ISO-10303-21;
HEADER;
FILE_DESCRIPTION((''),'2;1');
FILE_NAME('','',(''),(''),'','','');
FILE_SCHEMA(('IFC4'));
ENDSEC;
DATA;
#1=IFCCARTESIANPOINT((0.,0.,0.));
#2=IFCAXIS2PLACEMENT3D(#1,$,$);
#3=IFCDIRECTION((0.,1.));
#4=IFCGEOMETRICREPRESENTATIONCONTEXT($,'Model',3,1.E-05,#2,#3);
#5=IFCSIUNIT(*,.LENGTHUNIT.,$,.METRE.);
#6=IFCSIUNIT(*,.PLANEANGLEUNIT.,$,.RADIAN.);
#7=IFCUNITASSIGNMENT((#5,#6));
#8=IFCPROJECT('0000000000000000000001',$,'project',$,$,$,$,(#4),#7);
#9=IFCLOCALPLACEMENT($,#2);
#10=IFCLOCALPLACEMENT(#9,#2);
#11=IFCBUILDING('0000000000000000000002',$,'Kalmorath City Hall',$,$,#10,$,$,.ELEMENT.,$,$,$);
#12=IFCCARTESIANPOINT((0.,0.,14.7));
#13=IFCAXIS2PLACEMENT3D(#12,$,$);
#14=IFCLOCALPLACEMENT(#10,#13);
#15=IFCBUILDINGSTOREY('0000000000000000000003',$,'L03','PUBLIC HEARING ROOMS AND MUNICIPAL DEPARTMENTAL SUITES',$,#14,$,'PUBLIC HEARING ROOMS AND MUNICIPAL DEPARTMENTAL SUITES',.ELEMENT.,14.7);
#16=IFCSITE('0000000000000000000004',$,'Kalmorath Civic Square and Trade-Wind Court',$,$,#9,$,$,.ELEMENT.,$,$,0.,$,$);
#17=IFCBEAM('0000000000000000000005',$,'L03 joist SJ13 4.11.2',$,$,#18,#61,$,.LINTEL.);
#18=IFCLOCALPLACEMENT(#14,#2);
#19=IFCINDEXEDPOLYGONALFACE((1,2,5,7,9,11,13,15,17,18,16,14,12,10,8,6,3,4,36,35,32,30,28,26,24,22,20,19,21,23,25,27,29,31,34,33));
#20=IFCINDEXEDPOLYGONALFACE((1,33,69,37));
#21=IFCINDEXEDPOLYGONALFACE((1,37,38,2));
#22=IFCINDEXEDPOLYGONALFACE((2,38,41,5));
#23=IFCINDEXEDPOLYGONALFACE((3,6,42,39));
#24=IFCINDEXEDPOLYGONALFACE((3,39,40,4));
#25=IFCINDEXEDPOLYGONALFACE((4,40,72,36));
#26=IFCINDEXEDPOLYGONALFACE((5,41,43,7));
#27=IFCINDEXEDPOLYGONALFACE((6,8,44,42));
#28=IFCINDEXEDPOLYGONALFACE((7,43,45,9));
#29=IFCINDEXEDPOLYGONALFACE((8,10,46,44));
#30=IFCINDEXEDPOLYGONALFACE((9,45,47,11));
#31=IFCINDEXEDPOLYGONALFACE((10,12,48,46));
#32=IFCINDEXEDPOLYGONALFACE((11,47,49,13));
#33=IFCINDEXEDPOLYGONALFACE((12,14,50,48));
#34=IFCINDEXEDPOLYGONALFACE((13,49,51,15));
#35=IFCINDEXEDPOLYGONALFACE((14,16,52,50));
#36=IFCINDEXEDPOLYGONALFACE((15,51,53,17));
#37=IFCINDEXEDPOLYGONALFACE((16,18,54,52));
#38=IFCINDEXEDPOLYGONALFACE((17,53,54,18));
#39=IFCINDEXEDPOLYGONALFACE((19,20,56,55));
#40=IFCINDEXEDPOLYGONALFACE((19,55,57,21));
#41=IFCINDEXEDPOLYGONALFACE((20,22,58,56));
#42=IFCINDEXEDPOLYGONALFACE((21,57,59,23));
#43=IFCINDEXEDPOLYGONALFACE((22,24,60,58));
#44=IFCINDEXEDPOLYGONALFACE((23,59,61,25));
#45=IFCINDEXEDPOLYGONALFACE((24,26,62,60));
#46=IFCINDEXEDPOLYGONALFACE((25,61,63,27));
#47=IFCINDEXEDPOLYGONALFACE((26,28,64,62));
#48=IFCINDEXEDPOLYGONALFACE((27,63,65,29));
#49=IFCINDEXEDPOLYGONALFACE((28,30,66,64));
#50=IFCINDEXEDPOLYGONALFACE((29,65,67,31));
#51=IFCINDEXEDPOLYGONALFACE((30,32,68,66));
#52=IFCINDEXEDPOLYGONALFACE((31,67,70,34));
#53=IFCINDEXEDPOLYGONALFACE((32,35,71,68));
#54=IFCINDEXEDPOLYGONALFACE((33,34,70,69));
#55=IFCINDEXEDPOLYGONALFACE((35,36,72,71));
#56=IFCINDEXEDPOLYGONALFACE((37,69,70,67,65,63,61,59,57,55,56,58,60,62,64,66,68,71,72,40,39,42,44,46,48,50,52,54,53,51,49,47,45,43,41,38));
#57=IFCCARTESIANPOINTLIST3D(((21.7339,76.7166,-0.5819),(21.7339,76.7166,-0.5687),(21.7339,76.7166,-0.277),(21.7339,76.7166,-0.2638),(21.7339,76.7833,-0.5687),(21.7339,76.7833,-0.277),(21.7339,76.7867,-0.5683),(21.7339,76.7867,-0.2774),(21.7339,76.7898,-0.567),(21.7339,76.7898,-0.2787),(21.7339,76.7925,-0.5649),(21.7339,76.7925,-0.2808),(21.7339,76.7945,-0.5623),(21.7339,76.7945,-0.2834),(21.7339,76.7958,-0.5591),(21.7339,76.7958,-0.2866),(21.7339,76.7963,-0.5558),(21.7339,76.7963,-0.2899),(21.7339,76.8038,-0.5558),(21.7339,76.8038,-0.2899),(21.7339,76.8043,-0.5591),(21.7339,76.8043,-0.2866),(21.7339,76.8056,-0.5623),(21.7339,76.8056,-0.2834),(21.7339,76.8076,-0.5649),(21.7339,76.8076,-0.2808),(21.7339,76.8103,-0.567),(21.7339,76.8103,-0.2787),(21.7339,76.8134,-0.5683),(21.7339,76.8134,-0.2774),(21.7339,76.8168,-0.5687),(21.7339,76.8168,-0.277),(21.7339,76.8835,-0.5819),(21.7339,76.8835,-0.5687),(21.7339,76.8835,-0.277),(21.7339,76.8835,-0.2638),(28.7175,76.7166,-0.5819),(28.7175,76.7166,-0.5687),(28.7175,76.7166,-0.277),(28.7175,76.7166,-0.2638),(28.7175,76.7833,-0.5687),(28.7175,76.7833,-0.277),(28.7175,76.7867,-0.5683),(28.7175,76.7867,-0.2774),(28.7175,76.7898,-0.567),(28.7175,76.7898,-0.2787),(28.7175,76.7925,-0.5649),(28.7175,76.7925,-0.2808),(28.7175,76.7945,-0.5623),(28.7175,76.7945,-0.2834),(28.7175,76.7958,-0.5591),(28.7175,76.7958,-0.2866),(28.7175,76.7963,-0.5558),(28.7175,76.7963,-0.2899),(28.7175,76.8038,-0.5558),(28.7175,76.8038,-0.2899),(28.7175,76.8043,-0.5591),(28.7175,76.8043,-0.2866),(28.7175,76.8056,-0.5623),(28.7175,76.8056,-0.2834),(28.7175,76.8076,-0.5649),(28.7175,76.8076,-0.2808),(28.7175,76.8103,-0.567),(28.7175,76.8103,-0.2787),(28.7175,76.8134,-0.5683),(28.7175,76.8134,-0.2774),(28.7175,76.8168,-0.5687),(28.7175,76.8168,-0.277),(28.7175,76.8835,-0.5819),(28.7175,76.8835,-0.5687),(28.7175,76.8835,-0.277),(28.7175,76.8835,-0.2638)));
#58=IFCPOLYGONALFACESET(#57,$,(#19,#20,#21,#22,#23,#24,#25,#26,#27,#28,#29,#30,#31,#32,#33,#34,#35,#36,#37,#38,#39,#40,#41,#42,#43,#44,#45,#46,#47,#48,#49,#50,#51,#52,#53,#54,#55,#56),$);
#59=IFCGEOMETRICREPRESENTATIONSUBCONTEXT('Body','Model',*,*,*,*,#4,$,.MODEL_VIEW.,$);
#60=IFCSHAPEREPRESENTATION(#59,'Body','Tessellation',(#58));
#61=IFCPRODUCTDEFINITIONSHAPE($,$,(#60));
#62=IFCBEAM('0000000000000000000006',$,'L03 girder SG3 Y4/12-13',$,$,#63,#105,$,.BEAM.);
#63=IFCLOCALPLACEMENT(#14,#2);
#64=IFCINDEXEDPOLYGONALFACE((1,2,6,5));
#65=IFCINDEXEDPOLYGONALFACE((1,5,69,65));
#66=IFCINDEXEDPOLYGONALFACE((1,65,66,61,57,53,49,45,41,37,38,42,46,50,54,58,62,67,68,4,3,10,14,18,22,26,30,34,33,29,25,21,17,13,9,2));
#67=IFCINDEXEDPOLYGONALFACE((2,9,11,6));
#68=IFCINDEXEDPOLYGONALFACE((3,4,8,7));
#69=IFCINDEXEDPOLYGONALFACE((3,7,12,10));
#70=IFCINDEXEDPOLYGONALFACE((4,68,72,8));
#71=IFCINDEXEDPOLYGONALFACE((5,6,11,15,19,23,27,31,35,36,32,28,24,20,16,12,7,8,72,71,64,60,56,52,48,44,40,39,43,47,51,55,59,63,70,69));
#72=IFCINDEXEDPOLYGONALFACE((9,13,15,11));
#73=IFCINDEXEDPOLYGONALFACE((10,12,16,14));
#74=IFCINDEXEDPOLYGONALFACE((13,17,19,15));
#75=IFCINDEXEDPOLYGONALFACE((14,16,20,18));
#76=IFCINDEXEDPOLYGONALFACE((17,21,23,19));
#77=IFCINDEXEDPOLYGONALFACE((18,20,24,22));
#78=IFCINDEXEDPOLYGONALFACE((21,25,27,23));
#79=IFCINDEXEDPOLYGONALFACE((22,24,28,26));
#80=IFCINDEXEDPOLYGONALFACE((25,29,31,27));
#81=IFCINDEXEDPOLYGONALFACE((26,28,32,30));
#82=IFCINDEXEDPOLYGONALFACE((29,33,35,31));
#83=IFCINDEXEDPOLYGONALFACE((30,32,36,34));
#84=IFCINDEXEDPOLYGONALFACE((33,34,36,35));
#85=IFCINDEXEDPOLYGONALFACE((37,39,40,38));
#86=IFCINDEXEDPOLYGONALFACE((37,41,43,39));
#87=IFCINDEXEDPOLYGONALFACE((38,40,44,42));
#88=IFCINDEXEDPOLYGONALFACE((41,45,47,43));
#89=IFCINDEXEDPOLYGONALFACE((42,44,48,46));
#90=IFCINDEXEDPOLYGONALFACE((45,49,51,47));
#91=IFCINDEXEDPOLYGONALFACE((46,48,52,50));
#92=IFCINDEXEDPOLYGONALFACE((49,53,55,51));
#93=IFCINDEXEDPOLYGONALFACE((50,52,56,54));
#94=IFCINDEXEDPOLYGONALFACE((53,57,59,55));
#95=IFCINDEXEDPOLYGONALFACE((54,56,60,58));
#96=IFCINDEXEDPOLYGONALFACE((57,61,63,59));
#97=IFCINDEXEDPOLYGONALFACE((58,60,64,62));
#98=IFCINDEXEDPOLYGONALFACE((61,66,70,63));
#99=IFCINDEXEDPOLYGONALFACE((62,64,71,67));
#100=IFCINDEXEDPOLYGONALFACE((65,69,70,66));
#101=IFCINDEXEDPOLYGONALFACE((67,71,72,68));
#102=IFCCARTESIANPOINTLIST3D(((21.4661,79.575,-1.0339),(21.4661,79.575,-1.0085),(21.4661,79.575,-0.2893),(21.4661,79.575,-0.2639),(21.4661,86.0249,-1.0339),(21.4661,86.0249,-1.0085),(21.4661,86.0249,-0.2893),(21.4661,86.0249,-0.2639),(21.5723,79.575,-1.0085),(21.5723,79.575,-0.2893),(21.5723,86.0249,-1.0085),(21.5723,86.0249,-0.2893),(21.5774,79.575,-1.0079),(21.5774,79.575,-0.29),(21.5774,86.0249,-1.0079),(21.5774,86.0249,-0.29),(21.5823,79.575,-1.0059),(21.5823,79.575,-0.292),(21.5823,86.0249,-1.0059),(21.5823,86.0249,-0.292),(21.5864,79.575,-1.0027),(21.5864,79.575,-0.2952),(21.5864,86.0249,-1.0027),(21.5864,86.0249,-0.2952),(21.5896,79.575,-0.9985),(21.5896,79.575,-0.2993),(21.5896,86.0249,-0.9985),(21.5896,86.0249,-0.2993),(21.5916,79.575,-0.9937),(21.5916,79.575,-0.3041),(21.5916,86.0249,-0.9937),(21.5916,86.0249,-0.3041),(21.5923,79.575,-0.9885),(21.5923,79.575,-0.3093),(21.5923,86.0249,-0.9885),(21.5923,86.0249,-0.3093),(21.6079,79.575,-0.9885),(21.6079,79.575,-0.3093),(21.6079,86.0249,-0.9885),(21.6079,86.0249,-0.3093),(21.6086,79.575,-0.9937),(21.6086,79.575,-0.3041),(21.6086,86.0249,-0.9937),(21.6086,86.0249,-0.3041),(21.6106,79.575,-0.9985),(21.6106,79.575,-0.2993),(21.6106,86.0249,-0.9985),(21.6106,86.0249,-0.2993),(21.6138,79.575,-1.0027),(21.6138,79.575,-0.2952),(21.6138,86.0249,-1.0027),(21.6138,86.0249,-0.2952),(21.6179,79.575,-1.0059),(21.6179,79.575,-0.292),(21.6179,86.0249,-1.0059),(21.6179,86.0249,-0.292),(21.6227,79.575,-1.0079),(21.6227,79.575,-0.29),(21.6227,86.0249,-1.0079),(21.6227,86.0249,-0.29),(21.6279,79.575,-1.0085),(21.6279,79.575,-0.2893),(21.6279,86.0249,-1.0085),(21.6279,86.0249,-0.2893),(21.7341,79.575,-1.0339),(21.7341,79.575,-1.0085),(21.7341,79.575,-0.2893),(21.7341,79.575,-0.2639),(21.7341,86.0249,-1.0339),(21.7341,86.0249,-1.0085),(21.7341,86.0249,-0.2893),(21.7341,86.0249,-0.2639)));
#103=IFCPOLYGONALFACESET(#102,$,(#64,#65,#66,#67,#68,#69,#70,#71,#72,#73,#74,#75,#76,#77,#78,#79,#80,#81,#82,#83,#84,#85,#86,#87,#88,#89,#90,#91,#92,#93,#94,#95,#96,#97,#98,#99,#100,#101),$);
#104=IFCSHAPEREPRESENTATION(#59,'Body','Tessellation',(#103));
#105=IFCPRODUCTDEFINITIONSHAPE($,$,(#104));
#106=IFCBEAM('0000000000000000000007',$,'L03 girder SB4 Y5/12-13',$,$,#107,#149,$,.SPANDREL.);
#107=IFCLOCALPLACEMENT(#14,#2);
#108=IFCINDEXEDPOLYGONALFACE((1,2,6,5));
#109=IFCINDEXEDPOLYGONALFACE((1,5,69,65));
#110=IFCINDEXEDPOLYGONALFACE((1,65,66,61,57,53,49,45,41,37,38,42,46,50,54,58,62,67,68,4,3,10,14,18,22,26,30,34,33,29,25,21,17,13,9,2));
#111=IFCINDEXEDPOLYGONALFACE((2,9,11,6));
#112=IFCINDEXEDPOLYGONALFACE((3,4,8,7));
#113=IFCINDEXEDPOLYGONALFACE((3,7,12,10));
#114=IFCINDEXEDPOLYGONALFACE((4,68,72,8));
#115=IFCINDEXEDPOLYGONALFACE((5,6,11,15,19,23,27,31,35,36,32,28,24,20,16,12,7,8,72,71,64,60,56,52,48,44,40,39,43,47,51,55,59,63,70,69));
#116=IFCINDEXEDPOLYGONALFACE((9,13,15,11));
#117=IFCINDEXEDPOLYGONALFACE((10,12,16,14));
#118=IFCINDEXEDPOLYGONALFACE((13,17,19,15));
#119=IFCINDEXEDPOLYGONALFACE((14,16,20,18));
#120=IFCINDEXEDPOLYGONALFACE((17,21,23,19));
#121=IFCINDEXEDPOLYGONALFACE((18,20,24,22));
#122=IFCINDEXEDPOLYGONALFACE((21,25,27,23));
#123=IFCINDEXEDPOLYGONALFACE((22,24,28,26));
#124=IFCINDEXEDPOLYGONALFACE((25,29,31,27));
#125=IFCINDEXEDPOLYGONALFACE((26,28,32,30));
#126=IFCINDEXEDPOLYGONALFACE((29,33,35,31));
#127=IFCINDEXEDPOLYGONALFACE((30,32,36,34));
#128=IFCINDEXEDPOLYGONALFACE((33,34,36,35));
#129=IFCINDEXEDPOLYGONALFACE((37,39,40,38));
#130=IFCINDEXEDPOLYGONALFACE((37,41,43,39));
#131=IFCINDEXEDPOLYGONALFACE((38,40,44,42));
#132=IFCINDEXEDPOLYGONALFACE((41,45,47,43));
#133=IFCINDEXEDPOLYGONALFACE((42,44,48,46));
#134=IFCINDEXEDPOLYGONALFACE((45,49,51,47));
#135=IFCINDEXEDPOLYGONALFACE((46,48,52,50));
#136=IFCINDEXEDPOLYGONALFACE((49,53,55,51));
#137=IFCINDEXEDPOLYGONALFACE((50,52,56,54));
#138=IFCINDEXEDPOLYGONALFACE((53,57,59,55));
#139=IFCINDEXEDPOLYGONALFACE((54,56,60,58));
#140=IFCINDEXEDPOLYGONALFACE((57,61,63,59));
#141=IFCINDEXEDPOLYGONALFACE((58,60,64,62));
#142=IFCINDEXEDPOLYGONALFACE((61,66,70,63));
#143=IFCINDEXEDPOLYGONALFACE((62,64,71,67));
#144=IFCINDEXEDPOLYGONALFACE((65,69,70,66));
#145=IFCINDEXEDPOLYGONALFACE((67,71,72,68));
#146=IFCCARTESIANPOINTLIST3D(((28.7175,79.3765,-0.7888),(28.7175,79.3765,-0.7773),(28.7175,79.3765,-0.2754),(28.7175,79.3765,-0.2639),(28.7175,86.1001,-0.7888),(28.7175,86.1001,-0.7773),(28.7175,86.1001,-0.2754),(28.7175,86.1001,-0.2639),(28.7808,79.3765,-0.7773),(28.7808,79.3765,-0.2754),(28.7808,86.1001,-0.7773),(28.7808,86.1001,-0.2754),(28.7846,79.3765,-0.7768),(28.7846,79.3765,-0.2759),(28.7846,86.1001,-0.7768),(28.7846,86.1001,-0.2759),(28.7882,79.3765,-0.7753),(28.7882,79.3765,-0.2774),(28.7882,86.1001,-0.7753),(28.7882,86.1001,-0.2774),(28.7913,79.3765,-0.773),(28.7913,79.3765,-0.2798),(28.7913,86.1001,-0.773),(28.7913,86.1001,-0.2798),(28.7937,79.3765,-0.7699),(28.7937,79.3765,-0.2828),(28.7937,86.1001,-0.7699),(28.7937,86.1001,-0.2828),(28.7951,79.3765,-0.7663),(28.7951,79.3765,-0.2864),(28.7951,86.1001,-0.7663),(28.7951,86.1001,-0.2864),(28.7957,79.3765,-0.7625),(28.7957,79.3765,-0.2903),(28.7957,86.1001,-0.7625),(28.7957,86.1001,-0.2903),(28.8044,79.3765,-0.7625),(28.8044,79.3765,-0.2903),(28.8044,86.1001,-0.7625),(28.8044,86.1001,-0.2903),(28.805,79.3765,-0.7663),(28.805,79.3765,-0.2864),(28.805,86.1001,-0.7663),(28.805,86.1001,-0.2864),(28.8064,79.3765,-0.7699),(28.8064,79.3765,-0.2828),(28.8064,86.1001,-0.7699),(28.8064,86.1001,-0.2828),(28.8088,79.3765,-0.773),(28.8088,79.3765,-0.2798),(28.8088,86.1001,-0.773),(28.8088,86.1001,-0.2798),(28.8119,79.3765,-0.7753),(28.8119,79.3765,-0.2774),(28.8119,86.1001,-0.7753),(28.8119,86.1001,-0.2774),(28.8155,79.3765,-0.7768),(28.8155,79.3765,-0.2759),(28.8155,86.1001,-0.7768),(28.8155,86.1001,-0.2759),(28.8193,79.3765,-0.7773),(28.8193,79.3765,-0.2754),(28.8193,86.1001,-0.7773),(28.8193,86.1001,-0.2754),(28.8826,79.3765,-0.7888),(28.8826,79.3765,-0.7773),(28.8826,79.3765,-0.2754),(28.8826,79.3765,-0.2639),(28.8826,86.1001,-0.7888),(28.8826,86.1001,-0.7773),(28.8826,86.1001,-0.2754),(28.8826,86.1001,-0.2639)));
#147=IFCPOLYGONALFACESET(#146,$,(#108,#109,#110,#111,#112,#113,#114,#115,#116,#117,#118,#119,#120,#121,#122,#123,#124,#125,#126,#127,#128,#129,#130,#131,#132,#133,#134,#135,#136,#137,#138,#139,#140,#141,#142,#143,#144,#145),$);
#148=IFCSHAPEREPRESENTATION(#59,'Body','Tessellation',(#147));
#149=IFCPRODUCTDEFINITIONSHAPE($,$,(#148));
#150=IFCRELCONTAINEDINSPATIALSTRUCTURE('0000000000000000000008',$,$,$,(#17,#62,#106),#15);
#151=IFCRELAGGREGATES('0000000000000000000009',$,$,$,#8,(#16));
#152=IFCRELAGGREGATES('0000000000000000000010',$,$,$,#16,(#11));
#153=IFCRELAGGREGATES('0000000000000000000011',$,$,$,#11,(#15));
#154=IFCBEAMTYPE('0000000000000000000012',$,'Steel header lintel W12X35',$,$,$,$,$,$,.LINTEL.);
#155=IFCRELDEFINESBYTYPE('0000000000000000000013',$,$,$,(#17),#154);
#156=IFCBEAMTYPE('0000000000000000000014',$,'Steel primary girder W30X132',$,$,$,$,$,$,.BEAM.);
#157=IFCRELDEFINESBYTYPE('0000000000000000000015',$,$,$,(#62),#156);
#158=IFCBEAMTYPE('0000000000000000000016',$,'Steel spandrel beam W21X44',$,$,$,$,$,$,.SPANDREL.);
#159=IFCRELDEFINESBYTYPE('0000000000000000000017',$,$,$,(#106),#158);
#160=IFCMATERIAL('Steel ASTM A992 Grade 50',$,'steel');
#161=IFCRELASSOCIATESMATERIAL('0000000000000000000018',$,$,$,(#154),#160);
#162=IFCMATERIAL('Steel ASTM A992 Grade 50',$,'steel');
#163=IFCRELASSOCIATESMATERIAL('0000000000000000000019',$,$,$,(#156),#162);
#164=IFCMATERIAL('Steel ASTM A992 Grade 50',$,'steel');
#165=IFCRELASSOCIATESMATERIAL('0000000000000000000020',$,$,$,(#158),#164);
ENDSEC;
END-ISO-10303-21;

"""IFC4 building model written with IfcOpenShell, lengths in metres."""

from ifc_helpers import new_model, si_unit, direction, frame, origin, origin_2d, place, context, subcontext, project, spatial, i_section, extrude, material, material_profile, profile_set, type_object, element, save


model = new_model("IFC4")

# Units and contexts
model_context = context("Model", 3, precision=1e-05, world=origin(), true_north=direction((0.0, 1.0)))
body_context = subcontext(model_context, "Body", "Model", "MODEL_VIEW")
ifc_project = project(units=[si_unit("LENGTHUNIT", "METRE"), si_unit("PLANEANGLEUNIT", "RADIAN")], contexts=[model_context])

# Site, building, storey
site_placement = place(None, origin())
site = spatial("IfcSite", under=ifc_project, at=site_placement, Name="Kalmorath Civic Square and Trade-Wind Court", CompositionType="ELEMENT", RefElevation=0.0)
building_placement = place(site_placement, origin())
building = spatial("IfcBuilding", under=site, at=building_placement, Name="Kalmorath City Hall", CompositionType="ELEMENT")
storey_placement = place(building_placement, frame((0.0, 0.0, 14.7)))
storey = spatial("IfcBuildingStorey", under=building, at=storey_placement, Name="L03", Description="PUBLIC HEARING ROOMS AND MUNICIPAL DEPARTMENTAL SUITES", LongName="PUBLIC HEARING ROOMS AND MUNICIPAL DEPARTMENTAL SUITES", CompositionType="ELEMENT", Elevation=14.7)

# Beams
ifc_material_1 = material(Name="Steel ASTM A992 Grade 50", Category="steel")
ifc_material_profile_1 = material_profile(ifc_material_1, i_section(OverallWidth=0.167, OverallDepth=0.3181, WebThickness=0.0076, FlangeThickness=0.0132, FilletRadius=0.0129, at=origin_2d()), Name="W12X35")
ifc_profile_set_1 = profile_set([ifc_material_profile_1], Name="Steel ASTM A992 Grade 50")
beam_type_1 = type_object("IfcBeamType", Name="Steel header lintel W12X35", PredefinedType="LINTEL", material=ifc_profile_set_1)
beam_1_placement = place(storey_placement, frame((21.7339, 76.8, -0.4229), z_axis=(1.0, 0.0, 0.0), x_axis=(0.0, 1.0, 0.0)))
element("IfcBeam", 1, at=beam_1_placement, inside=storey, type_object=beam_type_1, Name="L03 joist SJ13 4.11.2", PredefinedType="LINTEL", context=body_context, shape_type="SweptSolid", body=[
    extrude(i_section(OverallWidth=0.167, OverallDepth=0.3181, WebThickness=0.0076, FlangeThickness=0.0132, FilletRadius=0.0129, at=origin_2d()), origin(), (0.0, 0.0, 1.0), 6.9836),
])
ifc_material_2 = material(Name="Steel ASTM A992 Grade 50", Category="steel")
ifc_material_profile_2 = material_profile(ifc_material_2, i_section(OverallWidth=0.2681, OverallDepth=0.77, WebThickness=0.0156, FlangeThickness=0.0254, FilletRadius=0.02, at=origin_2d()), Name="W30X132")
ifc_profile_set_2 = profile_set([ifc_material_profile_2], Name="Steel ASTM A992 Grade 50")
beam_type_2 = type_object("IfcBeamType", Name="Steel primary girder W30X132", PredefinedType="BEAM", material=ifc_profile_set_2)
beam_2_placement = place(storey_placement, frame((21.6001, 79.575, -0.6489), z_axis=(0.0, 1.0, 0.0), x_axis=(-1.0, 0.0, 0.0)))
element("IfcBeam", 2, at=beam_2_placement, inside=storey, type_object=beam_type_2, Name="L03 girder SG3 Y4/12-13", PredefinedType="BEAM", context=body_context, shape_type="SweptSolid", body=[
    extrude(i_section(OverallWidth=0.2681, OverallDepth=0.77, WebThickness=0.0156, FlangeThickness=0.0254, FilletRadius=0.02, at=origin_2d()), origin(), (0.0, 0.0, 1.0), 6.45),
])
ifc_material_3 = material(Name="Steel ASTM A992 Grade 50", Category="steel")
ifc_material_profile_3 = material_profile(ifc_material_3, i_section(OverallWidth=0.165, OverallDepth=0.5249, WebThickness=0.0088, FlangeThickness=0.0115, FilletRadius=0.0149, at=origin_2d()), Name="W21X44")
ifc_profile_set_3 = profile_set([ifc_material_profile_3], Name="Steel ASTM A992 Grade 50")
beam_type_3 = type_object("IfcBeamType", Name="Steel spandrel beam W21X44", PredefinedType="SPANDREL", material=ifc_profile_set_3)
beam_3_placement = place(storey_placement, frame((28.8, 79.3765, -0.5264), z_axis=(0.0, 1.0, 0.0), x_axis=(-1.0, 0.0, 0.0)))
element("IfcBeam", 3, at=beam_3_placement, inside=storey, type_object=beam_type_3, Name="L03 girder SB4 Y5/12-13", PredefinedType="SPANDREL", context=body_context, shape_type="SweptSolid", body=[
    extrude(i_section(OverallWidth=0.165, OverallDepth=0.5249, WebThickness=0.0088, FlangeThickness=0.0115, FilletRadius=0.0149, at=origin_2d()), origin(), (0.0, 0.0, 1.0), 6.7236),
])

save(model, "model.ifc")
